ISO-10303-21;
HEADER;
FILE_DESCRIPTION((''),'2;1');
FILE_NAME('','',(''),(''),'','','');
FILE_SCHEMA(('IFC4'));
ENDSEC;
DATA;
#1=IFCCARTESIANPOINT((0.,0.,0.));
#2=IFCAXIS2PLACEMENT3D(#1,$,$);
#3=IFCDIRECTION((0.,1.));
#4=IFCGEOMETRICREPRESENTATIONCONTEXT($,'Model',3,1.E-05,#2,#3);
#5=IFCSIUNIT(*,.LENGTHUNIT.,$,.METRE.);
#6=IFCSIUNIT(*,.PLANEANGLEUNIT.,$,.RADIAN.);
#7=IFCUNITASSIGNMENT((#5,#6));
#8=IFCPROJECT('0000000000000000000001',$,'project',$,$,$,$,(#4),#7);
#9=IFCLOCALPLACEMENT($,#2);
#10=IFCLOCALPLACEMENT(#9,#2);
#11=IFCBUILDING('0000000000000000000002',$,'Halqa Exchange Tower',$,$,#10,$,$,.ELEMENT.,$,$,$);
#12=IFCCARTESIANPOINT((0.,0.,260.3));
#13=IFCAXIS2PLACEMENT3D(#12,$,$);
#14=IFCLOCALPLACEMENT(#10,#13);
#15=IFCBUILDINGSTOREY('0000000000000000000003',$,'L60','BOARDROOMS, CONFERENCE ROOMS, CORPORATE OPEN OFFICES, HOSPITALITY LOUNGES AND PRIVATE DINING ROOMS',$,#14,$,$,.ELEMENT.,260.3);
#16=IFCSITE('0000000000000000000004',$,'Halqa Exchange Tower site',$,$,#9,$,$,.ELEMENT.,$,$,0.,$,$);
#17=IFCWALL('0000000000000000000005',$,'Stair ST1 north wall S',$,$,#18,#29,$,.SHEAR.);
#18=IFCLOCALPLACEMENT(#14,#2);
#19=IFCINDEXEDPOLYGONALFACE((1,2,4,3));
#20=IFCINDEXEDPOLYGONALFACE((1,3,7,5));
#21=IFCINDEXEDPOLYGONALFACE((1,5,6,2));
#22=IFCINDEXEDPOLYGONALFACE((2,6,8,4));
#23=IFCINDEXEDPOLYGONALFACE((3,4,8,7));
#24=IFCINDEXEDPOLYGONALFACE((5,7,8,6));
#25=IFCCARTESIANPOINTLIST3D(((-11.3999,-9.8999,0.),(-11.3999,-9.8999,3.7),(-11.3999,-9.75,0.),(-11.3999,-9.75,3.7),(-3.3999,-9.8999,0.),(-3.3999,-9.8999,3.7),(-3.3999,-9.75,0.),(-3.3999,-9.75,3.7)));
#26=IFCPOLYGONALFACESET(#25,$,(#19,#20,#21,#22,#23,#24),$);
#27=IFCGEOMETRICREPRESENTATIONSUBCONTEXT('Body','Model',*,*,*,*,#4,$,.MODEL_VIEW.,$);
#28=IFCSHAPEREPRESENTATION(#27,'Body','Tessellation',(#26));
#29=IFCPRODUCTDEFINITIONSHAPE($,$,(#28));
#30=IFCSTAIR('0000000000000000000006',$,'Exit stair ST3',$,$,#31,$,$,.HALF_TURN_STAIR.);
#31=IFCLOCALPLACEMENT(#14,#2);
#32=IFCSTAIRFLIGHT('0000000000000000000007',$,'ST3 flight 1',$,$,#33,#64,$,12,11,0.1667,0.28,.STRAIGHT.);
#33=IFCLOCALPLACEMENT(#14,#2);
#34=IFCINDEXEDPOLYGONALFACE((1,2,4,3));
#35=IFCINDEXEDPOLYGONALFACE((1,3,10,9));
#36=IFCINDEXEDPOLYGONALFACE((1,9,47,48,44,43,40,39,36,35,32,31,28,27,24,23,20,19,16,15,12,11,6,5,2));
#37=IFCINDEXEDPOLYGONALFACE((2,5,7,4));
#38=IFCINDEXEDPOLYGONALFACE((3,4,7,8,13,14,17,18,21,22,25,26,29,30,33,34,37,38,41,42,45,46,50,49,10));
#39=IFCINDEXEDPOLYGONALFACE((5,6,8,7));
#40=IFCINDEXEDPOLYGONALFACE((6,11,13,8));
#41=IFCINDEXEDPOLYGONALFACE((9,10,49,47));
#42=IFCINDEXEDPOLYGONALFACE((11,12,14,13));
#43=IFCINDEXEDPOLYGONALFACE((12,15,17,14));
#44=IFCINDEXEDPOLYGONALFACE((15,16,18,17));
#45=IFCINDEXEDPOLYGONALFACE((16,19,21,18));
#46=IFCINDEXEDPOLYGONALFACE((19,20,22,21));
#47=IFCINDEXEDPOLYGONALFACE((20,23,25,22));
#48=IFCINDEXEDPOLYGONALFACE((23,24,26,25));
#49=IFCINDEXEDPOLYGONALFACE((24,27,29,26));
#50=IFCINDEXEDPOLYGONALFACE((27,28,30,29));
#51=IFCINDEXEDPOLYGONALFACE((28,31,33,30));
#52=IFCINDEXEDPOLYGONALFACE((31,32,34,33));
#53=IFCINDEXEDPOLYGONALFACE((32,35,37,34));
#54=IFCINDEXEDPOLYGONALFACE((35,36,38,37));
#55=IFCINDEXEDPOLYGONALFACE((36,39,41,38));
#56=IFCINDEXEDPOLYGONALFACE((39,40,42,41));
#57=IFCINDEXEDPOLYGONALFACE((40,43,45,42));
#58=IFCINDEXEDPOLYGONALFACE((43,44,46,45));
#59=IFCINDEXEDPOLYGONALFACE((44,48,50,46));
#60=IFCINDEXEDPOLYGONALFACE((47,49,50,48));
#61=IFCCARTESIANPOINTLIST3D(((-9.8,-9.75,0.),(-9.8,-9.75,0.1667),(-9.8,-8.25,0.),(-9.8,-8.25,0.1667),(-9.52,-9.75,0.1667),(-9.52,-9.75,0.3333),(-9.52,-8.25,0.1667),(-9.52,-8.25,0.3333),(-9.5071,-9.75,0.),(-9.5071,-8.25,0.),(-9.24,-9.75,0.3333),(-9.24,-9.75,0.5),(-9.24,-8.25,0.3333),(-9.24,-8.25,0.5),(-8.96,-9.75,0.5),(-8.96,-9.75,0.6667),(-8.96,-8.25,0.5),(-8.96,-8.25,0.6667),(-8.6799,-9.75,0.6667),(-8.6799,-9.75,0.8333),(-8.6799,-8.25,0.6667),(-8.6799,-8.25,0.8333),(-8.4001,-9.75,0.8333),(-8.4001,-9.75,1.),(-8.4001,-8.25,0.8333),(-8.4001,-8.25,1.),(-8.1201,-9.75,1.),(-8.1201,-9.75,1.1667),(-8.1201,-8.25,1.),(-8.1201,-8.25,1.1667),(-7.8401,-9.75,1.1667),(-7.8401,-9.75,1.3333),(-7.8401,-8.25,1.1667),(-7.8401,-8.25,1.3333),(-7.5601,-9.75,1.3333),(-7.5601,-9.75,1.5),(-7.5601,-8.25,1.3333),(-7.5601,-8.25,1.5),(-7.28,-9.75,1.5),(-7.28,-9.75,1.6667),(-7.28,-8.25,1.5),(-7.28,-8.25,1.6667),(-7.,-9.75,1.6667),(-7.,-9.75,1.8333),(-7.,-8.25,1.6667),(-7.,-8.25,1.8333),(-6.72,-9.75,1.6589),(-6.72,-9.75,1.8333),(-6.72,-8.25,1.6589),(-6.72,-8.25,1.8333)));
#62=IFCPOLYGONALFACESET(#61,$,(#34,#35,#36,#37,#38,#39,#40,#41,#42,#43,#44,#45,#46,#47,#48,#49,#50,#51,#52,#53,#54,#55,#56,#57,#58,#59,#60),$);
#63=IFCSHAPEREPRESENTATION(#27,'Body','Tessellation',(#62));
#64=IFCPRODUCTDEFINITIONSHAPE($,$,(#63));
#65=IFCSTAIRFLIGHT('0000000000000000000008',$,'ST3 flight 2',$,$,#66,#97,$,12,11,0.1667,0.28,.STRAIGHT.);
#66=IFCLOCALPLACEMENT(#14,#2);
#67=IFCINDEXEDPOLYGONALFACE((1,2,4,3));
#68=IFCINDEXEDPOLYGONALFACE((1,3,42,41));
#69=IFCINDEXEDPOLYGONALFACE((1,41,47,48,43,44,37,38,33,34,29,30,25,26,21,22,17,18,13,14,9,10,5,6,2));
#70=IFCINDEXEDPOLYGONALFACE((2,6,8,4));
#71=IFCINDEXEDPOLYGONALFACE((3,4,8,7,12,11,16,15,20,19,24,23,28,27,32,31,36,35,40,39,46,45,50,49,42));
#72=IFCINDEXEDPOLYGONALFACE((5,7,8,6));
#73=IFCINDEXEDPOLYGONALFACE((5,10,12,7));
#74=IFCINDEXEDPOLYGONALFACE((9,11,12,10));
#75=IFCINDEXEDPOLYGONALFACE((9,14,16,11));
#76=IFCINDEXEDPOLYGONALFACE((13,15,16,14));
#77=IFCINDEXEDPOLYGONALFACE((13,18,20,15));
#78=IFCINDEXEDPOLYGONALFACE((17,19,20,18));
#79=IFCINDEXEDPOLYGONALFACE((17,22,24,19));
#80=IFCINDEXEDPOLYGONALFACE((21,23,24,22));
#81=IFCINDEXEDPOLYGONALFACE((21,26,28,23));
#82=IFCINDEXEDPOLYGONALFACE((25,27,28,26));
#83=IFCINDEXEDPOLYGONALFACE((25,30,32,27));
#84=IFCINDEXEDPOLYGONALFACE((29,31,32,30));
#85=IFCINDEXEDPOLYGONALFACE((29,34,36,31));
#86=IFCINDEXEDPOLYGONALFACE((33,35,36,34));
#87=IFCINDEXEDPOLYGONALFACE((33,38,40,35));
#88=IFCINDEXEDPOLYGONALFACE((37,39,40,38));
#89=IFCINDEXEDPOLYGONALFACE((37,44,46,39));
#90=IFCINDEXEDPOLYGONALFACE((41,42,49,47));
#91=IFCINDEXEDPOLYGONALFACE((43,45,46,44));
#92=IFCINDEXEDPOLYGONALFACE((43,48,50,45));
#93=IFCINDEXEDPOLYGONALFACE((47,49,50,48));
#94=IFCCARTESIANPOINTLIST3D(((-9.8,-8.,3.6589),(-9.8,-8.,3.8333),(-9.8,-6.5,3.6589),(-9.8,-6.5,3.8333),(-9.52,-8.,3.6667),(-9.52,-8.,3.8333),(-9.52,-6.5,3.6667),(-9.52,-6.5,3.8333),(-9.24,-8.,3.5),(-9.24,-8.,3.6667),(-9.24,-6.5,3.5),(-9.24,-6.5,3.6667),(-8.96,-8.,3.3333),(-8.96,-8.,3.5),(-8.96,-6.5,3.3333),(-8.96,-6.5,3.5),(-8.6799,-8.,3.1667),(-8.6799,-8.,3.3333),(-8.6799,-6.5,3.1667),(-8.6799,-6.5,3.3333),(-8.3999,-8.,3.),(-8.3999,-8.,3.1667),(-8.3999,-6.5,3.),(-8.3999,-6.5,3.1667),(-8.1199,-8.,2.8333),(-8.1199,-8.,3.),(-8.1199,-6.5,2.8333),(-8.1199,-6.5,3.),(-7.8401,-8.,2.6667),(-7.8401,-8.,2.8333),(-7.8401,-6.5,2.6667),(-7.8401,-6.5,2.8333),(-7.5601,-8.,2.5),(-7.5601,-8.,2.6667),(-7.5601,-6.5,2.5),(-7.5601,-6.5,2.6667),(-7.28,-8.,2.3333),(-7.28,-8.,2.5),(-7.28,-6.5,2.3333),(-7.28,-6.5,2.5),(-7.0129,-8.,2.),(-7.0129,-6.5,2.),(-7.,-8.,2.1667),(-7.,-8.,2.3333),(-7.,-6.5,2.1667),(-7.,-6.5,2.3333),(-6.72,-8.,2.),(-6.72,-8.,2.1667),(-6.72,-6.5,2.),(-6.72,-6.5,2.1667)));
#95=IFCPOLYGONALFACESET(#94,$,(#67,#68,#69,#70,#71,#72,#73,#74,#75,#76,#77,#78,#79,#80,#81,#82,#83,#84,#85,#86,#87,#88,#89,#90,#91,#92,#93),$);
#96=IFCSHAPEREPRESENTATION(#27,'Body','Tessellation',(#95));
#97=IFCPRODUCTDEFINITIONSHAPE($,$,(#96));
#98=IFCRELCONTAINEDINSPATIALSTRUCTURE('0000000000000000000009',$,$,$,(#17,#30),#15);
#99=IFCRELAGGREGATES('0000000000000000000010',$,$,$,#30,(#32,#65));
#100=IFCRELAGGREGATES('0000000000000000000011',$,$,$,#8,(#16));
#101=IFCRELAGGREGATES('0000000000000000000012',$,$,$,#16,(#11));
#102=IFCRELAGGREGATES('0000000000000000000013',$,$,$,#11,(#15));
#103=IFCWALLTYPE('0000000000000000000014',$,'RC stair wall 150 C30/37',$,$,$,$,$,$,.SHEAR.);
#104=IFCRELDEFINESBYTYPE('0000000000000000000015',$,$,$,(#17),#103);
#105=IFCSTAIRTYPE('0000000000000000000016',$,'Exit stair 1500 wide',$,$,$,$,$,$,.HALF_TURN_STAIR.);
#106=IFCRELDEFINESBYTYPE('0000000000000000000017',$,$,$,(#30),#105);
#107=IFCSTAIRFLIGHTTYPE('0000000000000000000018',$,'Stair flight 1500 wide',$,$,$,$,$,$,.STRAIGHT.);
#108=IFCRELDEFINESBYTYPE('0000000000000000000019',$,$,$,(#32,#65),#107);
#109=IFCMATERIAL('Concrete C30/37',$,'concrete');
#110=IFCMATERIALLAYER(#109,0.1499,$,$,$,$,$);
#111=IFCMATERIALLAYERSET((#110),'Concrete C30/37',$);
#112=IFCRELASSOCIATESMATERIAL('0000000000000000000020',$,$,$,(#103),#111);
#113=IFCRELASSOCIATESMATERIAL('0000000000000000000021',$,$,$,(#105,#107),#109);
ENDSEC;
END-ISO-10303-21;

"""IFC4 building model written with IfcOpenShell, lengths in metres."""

from ifc_helpers import new_model, si_unit, direction, frame, frame_2d, origin, place, context, subcontext, project, spatial, polyline, rectangle, outline, extrude, material, layer, layer_set, type_object, element, aggregate, save


model = new_model("IFC4")

# Units and contexts
model_context = context("Model", 3, precision=1e-05, world=origin(), true_north=direction((0.0, 1.0)))
body_context = subcontext(model_context, "Body", "Model", "MODEL_VIEW")
ifc_project = project(units=[si_unit("LENGTHUNIT", "METRE"), si_unit("PLANEANGLEUNIT", "RADIAN")], contexts=[model_context])

# Site, building, storey
site_placement = place(None, origin())
site = spatial("IfcSite", under=ifc_project, at=site_placement, Name="Halqa Exchange Tower site", CompositionType="ELEMENT", RefElevation=0.0)
building_placement = place(site_placement, origin())
building = spatial("IfcBuilding", under=site, at=building_placement, Name="Halqa Exchange Tower", CompositionType="ELEMENT")
storey_placement = place(building_placement, frame((0.0, 0.0, 260.3)))
storey = spatial("IfcBuildingStorey", under=building, at=storey_placement, Name="L60", Description="BOARDROOMS, CONFERENCE ROOMS, CORPORATE OPEN OFFICES, HOSPITALITY LOUNGES AND PRIVATE DINING ROOMS", CompositionType="ELEMENT", Elevation=260.3)

# Wall
ifc_material_1 = material(Name="Concrete C30/37", Category="concrete")
ifc_layer_1 = layer(ifc_material_1, 0.1499)
ifc_layer_set_1 = layer_set([ifc_layer_1], Name="Concrete C30/37")
wall_type_1 = type_object("IfcWallType", Name="RC stair wall 150 C30/37", PredefinedType="SHEAR", material=ifc_layer_set_1)
wall_1_placement = place(storey_placement, frame((-11.3999, -9.825, 0.0), z_axis=(0.0, 0.0, 1.0), x_axis=(1.0, 0.0, 0.0)))
element("IfcWall", 1, at=wall_1_placement, inside=storey, type_object=wall_type_1, Name="Stair ST1 north wall S", PredefinedType="SHEAR", context=body_context, shape_type="SweptSolid", body=[
    extrude(rectangle(XDim=8.0, YDim=0.1499, at=frame_2d((4.0, 0.0))), origin(), (0.0, 0.0, 1.0), 3.7),
])

# Stair, stair flights
stair_type = type_object("IfcStairType", Name="Exit stair 1500 wide", PredefinedType="HALF_TURN_STAIR", material=ifc_material_1)
stair_placement = place(storey_placement, origin())
stair = element("IfcStair", 2, at=stair_placement, inside=storey, type_object=stair_type, Name="Exit stair ST3", PredefinedType="HALF_TURN_STAIR")
stair_flight_type = type_object("IfcStairFlightType", Name="Stair flight 1500 wide", PredefinedType="STRAIGHT", material=ifc_material_1)
stair_flight_1_placement = place(storey_placement, frame((-9.8, -9.0, 0.0), z_axis=(0.0, 0.0, 1.0), x_axis=(1.0, 0.0, 0.0)))
stair_flight_1 = element("IfcStairFlight", 3, at=stair_flight_1_placement, type_object=stair_flight_type, Name="ST3 flight 1", NumberOfRisers=12, NumberOfTreads=11, PredefinedType="STRAIGHT", RiserHeight=0.1667, TreadLength=0.28, context=body_context, shape_type="SweptSolid", body=[
    extrude(outline(polyline([(0.0, 0.0), (0.0, 0.1667), (0.28, 0.1667), (0.28, 0.3333), (0.5601, 0.3333), (0.5601, 0.5), (0.8401, 0.5), (0.8401, 0.6667), (1.1201, 0.6667), (1.1201, 0.8333), (1.3999, 0.8333), (1.3999, 1.0), (1.6799, 1.0), (1.6799, 1.1667), (1.96, 1.1667), (1.96, 1.3333), (2.24, 1.3333), (2.24, 1.5), (2.52, 1.5), (2.52, 1.6667), (2.8, 1.6667), (2.8, 1.8333), (3.0801, 1.8333), (3.0801, 2.0), (3.0801, 1.6589), (0.293, 0.0), (0.0, 0.0)])), frame((0.0, 0.75, 0.0), z_axis=(0.0, -1.0, 0.0), x_axis=(1.0, 0.0, 0.0)), (0.0, 0.0, 1.0), 1.5),
])
stair_flight_2_placement = place(storey_placement, frame((-6.72, -7.25, 2.0), z_axis=(0.0, 0.0, 1.0), x_axis=(-1.0, 0.0, 0.0)))
stair_flight_2 = element("IfcStairFlight", 4, at=stair_flight_2_placement, type_object=stair_flight_type, Name="ST3 flight 2", NumberOfRisers=12, NumberOfTreads=11, PredefinedType="STRAIGHT", RiserHeight=0.1667, TreadLength=0.28, context=body_context, shape_type="SweptSolid", body=[
    extrude(outline(polyline([(0.0, 0.0), (0.0, 0.1667), (0.28, 0.1667), (0.28, 0.3333), (0.5601, 0.3333), (0.5601, 0.5), (0.8401, 0.5), (0.8401, 0.6667), (1.1201, 0.6667), (1.1201, 0.8333), (1.3999, 0.8333), (1.3999, 1.0), (1.6799, 1.0), (1.6799, 1.1667), (1.96, 1.1667), (1.96, 1.3333), (2.24, 1.3333), (2.24, 1.5), (2.52, 1.5), (2.52, 1.6667), (2.8, 1.6667), (2.8, 1.8333), (3.0801, 1.8333), (3.0801, 2.0), (3.0801, 1.6589), (0.293, 0.0), (0.0, 0.0)])), frame((0.0, 0.75, 0.0), z_axis=(0.0, -1.0, 0.0), x_axis=(1.0, 0.0, 0.0)), (0.0, 0.0, 1.0), 1.5),
])
aggregate(stair, [stair_flight_1, stair_flight_2])

save(model, "model.ifc")
